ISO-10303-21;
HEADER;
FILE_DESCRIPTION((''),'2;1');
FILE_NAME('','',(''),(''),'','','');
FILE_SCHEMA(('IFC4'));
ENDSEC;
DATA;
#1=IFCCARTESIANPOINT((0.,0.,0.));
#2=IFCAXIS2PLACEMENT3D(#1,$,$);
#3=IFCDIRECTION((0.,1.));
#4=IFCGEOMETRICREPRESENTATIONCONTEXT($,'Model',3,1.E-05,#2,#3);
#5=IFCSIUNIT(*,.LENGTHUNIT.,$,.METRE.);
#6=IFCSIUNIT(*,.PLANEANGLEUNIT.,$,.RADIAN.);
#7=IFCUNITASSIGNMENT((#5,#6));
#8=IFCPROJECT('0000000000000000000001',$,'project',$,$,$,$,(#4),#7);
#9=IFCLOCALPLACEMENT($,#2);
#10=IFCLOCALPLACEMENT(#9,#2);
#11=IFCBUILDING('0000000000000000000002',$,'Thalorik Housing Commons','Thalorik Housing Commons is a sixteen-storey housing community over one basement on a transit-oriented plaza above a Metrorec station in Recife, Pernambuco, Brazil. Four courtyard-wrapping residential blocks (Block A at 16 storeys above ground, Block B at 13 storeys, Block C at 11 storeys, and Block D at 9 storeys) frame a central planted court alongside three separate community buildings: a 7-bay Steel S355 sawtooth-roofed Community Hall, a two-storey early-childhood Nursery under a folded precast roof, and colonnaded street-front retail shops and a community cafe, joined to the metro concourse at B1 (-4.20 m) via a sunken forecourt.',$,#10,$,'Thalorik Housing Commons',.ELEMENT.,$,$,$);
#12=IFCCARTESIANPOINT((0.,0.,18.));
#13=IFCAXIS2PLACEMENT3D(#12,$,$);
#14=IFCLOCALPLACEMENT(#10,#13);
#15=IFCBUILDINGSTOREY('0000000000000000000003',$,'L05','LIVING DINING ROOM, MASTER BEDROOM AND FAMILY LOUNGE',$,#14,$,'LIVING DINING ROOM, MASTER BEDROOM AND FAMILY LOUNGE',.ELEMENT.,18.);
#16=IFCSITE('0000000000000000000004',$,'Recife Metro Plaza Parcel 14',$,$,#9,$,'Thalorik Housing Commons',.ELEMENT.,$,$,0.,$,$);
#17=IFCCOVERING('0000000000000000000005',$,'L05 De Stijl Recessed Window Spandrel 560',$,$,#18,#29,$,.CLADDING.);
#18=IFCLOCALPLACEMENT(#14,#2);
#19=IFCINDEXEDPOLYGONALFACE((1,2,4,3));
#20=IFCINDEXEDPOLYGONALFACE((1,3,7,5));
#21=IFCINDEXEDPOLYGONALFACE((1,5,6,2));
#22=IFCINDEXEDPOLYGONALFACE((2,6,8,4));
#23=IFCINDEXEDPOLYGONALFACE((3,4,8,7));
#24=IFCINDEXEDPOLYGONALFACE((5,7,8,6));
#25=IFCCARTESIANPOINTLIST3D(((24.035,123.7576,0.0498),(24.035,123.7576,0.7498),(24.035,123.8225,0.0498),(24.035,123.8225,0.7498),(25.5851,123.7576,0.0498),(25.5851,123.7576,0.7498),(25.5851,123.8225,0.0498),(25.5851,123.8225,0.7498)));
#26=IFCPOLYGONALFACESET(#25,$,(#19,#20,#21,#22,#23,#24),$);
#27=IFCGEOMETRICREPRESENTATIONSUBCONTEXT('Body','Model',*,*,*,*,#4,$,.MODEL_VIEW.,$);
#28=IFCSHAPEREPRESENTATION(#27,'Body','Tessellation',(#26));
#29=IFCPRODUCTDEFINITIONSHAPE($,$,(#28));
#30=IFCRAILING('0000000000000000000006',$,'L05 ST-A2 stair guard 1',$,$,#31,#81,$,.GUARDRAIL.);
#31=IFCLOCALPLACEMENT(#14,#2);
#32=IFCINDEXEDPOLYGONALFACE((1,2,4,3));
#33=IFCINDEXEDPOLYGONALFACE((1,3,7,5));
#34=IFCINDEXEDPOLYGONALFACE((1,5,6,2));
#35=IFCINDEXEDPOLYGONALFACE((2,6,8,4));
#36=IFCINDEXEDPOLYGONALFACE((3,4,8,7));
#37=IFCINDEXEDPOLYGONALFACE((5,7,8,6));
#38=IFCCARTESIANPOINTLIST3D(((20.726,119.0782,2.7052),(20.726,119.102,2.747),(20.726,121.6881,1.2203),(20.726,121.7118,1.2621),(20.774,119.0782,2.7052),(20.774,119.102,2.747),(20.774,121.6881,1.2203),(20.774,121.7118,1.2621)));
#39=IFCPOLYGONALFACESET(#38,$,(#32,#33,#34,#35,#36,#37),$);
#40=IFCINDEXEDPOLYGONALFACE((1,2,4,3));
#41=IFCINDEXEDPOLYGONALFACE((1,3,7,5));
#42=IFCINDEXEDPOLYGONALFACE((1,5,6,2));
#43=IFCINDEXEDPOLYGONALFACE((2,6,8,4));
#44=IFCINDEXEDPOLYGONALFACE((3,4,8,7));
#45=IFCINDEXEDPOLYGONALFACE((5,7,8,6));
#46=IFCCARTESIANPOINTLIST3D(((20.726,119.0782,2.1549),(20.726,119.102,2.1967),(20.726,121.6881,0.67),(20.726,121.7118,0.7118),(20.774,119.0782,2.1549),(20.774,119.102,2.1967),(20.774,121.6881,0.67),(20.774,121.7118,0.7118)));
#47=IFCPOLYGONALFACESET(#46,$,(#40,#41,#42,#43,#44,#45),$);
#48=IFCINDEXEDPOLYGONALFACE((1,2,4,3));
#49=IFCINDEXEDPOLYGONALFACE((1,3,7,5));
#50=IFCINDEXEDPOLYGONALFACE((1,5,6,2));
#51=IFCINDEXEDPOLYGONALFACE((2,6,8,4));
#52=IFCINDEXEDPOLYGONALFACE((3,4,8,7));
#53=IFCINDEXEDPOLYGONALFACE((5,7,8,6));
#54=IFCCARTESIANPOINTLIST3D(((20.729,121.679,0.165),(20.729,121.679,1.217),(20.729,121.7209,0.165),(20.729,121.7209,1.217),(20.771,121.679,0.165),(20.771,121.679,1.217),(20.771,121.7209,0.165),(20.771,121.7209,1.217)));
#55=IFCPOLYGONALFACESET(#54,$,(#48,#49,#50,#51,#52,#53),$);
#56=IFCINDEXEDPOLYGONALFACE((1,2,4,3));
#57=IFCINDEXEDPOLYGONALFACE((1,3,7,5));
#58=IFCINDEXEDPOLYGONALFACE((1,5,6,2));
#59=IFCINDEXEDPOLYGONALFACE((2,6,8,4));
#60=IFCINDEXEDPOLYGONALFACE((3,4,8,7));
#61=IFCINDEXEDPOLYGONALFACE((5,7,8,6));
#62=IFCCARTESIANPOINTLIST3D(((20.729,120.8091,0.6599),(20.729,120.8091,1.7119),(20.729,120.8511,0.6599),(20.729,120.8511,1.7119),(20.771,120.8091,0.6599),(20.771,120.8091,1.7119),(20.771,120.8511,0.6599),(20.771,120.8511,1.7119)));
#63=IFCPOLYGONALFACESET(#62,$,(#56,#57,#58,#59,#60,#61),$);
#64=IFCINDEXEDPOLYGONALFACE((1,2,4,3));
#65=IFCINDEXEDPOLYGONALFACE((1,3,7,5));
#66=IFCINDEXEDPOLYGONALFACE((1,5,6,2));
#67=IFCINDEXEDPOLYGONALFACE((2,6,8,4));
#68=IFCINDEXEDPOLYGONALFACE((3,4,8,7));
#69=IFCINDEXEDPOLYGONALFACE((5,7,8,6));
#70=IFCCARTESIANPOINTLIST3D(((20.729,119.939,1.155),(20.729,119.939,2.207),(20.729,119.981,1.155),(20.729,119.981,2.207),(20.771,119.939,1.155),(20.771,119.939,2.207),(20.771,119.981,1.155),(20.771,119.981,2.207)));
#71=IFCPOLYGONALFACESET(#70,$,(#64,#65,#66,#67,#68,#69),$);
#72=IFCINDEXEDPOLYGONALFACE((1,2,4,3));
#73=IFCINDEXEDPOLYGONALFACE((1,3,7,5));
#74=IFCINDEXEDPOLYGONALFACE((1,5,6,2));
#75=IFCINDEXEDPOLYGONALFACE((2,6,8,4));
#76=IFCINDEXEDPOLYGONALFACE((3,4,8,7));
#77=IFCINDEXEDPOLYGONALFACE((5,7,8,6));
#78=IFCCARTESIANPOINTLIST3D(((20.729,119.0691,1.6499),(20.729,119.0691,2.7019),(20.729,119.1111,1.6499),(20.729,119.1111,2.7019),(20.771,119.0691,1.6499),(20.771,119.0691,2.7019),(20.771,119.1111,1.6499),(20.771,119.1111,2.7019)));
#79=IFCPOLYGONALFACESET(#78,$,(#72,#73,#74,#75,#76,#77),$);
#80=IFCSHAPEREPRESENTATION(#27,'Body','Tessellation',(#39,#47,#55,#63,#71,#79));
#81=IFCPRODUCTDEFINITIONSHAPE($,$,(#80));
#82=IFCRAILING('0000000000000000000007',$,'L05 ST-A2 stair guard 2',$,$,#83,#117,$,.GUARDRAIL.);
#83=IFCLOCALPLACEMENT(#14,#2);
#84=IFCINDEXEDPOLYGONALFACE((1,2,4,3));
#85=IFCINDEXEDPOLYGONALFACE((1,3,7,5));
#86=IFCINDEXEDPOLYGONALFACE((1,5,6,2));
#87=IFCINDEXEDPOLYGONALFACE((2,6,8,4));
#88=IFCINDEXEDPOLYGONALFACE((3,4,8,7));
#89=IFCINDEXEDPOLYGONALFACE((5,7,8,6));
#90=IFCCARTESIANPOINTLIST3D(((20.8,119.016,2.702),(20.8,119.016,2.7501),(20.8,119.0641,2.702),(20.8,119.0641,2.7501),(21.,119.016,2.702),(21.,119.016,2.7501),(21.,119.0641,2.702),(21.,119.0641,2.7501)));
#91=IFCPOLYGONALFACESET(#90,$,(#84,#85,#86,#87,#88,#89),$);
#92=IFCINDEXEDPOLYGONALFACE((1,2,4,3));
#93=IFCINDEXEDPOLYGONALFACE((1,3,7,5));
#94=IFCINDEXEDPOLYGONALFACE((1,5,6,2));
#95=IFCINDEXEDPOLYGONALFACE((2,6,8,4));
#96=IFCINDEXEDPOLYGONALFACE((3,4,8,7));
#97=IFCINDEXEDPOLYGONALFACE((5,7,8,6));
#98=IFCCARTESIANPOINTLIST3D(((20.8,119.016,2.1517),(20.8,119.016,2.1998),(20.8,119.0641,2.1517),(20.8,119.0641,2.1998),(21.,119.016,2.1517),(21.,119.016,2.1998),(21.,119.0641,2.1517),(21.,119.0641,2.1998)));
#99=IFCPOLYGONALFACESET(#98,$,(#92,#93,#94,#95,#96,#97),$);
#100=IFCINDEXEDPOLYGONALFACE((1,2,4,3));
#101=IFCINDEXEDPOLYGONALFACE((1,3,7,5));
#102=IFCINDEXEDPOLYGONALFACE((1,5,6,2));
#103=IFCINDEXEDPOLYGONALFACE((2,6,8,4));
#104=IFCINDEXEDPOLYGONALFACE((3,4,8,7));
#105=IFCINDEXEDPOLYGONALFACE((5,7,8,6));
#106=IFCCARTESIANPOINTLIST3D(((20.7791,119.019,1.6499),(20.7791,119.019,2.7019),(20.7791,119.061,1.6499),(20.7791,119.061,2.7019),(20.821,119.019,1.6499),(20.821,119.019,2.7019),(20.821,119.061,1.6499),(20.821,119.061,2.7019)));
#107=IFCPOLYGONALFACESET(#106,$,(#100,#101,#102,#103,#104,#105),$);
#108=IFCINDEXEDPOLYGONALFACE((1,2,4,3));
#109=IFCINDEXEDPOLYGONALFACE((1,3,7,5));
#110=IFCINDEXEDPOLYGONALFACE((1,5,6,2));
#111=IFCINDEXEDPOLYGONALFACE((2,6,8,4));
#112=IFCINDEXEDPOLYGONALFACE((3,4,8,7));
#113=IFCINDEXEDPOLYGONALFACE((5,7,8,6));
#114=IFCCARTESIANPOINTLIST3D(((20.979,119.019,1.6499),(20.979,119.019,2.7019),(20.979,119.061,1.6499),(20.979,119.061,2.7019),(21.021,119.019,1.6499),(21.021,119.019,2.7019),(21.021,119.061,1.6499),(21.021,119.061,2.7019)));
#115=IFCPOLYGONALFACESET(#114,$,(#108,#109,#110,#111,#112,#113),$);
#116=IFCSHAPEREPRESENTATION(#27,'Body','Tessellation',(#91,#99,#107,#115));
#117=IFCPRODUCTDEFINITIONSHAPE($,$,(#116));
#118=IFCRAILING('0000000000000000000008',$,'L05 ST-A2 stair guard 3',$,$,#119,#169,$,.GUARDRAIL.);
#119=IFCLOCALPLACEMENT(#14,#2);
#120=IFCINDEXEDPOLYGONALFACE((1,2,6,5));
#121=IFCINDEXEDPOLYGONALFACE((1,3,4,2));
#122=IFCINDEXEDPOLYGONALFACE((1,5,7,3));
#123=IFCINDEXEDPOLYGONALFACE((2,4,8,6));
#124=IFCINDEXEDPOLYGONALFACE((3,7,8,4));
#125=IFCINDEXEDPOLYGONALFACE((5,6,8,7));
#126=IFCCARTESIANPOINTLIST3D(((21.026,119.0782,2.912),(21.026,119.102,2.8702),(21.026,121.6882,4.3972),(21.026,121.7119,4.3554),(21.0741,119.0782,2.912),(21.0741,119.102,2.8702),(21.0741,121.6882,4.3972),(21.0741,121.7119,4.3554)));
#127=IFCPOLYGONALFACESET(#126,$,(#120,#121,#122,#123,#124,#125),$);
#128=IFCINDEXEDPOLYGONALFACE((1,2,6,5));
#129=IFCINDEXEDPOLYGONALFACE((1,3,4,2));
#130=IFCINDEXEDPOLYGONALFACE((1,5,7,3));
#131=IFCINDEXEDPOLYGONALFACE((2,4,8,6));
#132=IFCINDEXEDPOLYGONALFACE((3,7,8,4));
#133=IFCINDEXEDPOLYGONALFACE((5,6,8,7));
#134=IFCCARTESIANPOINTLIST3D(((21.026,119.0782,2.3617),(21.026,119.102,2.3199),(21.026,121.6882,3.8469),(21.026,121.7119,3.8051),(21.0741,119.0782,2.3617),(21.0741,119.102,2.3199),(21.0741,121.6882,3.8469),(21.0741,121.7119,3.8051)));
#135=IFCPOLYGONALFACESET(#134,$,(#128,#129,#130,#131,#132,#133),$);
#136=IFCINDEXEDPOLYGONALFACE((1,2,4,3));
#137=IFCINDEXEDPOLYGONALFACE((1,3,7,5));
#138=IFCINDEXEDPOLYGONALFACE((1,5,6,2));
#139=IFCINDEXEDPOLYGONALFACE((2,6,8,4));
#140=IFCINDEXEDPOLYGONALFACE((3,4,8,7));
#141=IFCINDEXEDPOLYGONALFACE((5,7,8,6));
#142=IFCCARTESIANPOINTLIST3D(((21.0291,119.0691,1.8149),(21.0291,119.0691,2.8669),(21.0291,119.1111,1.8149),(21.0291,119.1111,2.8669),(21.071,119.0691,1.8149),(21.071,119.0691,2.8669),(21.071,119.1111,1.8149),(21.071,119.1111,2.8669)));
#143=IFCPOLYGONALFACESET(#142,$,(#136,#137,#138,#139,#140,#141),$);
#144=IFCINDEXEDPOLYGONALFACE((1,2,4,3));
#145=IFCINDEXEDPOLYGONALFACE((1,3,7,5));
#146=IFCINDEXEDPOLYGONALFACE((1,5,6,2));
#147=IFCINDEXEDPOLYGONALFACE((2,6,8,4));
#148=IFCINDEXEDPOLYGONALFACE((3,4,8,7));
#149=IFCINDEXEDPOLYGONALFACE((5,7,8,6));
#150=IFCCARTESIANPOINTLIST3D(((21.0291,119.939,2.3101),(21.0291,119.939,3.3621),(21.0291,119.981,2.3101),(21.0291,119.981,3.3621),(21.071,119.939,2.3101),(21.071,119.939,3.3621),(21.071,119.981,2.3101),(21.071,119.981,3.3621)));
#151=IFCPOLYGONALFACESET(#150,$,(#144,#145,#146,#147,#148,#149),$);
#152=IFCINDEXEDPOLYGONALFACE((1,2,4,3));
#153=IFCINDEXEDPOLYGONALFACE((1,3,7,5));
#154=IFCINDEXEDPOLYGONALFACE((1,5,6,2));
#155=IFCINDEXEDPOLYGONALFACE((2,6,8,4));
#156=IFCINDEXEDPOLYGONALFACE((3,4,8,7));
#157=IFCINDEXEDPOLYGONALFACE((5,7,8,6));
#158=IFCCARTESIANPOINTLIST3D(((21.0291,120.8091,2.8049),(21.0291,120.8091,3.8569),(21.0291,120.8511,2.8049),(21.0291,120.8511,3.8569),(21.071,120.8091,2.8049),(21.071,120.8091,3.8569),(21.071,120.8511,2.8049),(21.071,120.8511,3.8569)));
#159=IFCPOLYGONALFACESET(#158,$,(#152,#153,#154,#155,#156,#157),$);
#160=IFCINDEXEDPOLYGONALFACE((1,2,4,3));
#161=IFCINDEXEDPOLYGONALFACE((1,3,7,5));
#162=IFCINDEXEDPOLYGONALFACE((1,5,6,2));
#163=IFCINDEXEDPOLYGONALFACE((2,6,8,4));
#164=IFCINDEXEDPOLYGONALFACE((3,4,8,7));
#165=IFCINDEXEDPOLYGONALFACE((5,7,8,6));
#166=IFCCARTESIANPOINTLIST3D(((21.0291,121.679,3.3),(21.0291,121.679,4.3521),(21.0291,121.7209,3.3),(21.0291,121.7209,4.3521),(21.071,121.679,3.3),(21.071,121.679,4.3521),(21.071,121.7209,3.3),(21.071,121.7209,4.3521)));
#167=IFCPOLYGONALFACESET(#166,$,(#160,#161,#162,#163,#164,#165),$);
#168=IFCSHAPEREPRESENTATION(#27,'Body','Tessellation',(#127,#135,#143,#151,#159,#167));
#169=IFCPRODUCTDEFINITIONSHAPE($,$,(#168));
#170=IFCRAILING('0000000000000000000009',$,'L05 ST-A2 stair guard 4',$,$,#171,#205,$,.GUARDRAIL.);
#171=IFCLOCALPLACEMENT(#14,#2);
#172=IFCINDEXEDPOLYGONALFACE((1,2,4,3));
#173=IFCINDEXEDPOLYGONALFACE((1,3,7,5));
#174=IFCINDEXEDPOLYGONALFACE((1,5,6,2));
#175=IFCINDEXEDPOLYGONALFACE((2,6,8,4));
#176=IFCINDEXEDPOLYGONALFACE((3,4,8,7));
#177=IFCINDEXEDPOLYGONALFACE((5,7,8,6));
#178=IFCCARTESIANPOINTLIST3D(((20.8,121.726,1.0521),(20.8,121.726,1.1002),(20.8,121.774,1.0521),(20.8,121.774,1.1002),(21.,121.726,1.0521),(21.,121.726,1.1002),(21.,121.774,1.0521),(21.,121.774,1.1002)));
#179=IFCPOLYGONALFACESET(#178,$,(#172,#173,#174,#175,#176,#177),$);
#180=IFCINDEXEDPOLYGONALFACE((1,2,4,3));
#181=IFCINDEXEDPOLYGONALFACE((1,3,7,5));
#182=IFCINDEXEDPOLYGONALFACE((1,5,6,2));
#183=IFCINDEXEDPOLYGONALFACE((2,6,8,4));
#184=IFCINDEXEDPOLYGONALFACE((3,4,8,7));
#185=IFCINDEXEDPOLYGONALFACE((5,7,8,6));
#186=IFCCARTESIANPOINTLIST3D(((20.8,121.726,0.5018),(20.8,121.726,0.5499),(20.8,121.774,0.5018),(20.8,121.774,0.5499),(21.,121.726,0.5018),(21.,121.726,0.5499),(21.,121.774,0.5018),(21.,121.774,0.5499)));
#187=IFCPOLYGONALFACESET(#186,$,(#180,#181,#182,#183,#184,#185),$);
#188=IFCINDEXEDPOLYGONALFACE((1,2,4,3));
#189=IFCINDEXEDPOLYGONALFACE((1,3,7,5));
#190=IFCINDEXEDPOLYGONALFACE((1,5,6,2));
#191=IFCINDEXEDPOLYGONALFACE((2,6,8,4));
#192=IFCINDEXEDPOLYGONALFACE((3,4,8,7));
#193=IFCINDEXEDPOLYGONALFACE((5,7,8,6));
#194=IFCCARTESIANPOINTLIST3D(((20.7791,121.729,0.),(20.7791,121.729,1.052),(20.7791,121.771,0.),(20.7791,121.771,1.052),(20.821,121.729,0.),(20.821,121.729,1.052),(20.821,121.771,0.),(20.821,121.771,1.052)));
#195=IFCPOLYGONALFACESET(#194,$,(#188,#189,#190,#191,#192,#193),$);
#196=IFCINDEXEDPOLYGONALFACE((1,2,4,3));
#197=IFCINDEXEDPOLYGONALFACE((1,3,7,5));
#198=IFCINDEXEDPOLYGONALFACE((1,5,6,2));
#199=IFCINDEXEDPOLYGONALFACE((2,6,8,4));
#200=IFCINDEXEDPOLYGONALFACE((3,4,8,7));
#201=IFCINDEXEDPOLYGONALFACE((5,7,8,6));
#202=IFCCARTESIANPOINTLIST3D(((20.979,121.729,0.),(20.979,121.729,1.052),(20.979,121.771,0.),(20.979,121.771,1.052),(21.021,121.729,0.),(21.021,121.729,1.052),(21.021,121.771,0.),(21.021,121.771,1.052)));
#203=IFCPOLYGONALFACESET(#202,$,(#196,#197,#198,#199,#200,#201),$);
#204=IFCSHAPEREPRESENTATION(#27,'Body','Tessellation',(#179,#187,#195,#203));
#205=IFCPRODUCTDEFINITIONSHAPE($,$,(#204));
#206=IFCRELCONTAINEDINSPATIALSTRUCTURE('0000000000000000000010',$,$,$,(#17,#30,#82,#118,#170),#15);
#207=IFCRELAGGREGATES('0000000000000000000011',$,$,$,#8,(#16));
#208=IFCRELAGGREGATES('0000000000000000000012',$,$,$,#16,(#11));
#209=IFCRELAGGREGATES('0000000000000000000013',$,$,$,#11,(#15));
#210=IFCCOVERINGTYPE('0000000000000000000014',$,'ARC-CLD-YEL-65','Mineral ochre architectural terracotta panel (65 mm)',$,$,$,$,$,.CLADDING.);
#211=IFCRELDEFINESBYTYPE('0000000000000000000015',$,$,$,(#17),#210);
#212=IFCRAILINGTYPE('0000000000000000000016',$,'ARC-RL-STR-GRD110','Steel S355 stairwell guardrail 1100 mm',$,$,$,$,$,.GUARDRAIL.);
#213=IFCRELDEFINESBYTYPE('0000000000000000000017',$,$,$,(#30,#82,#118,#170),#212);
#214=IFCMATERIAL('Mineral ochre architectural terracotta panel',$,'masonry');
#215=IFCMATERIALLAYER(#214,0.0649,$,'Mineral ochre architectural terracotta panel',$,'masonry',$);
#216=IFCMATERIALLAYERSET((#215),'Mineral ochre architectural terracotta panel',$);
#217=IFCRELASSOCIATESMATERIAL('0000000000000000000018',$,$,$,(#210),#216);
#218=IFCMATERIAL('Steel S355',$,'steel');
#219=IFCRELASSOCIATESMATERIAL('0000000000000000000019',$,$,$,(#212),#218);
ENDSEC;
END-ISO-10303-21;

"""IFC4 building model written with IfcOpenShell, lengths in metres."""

from ifc_helpers import new_model, si_unit, direction, frame, origin, origin_2d, place, context, subcontext, project, spatial, rectangle, extrude, material, layer, layer_set, type_object, element, save


model = new_model("IFC4")

# Units and contexts
model_context = context("Model", 3, precision=1e-05, world=origin(), true_north=direction((0.0, 1.0)))
body_context = subcontext(model_context, "Body", "Model", "MODEL_VIEW")
ifc_project = project(units=[si_unit("LENGTHUNIT", "METRE"), si_unit("PLANEANGLEUNIT", "RADIAN")], contexts=[model_context])

# Site, building, storey
site_placement = place(None, origin())
site = spatial("IfcSite", under=ifc_project, at=site_placement, Name="Recife Metro Plaza Parcel 14", LongName="Thalorik Housing Commons", CompositionType="ELEMENT", RefElevation=0.0)
building_placement = place(site_placement, origin())
building = spatial("IfcBuilding", under=site, at=building_placement, Name="Thalorik Housing Commons", Description="Thalorik Housing Commons is a sixteen-storey housing community over one basement on a transit-oriented plaza above a Metrorec station in Recife, Pernambuco, Brazil. Four courtyard-wrapping residential blocks (Block A at 16 storeys above ground, Block B at 13 storeys, Block C at 11 storeys, and Block D at 9 storeys) frame a central planted court alongside three separate community buildings: a 7-bay Steel S355 sawtooth-roofed Community Hall, a two-storey early-childhood Nursery under a folded precast roof, and colonnaded street-front retail shops and a community cafe, joined to the metro concourse at B1 (-4.20 m) via a sunken forecourt.", LongName="Thalorik Housing Commons", CompositionType="ELEMENT")
storey_placement = place(building_placement, frame((0.0, 0.0, 18.0)))
storey = spatial("IfcBuildingStorey", under=building, at=storey_placement, Name="L05", Description="LIVING DINING ROOM, MASTER BEDROOM AND FAMILY LOUNGE", LongName="LIVING DINING ROOM, MASTER BEDROOM AND FAMILY LOUNGE", CompositionType="ELEMENT", Elevation=18.0)

# Shared definitions
ifc_material_1 = material(Name="Steel S355", Category="steel")

# Covering
ifc_material_2 = material(Name="Mineral ochre architectural terracotta panel", Category="masonry")
ifc_layer_1 = layer(ifc_material_2, 0.0649, Name="Mineral ochre architectural terracotta panel", Category="masonry")
ifc_layer_set_1 = layer_set([ifc_layer_1], Name="Mineral ochre architectural terracotta panel")
covering_type_1 = type_object("IfcCoveringType", Name="ARC-CLD-YEL-65", Description="Mineral ochre architectural terracotta panel (65 mm)", PredefinedType="CLADDING", material=ifc_layer_set_1)
covering_1_placement = place(storey_placement, frame((24.8101, 123.79, 0.0498), z_axis=(0.0, 0.0, 1.0), x_axis=(-1.0, 0.0, 0.0)))
element("IfcCovering", 1, at=covering_1_placement, inside=storey, type_object=covering_type_1, Name="L05 De Stijl Recessed Window Spandrel 560", PredefinedType="CLADDING", context=body_context, shape_type="SweptSolid", body=[
    extrude(rectangle(XDim=1.55, YDim=0.0649, at=origin_2d()), origin(), (0.0, 0.0, 1.0), 0.7),
])

# Railings
railing_type_1 = type_object("IfcRailingType", Name="ARC-RL-STR-GRD110", Description="Steel S355 stairwell guardrail 1100 mm", PredefinedType="GUARDRAIL", material=ifc_material_1)
railing_1_placement = place(storey_placement, frame((20.75, 121.7, 0.165)))
element("IfcRailing", 2, at=railing_1_placement, inside=storey, type_object=railing_type_1, Name="L05 ST-A2 stair guard 1", PredefinedType="GUARDRAIL", context=body_context, shape_type="SweptSolid", body=[
    extrude(rectangle(XDim=0.0481, YDim=0.0481, at=origin_2d()), frame((0.0, 0.0, 1.0762), z_axis=(0.0, -0.869172, 0.494509), x_axis=(1.0, 0.0, 0.0)), (0.0, 0.0, 1.0), 3.0027),
    extrude(rectangle(XDim=0.0481, YDim=0.0481, at=origin_2d()), frame((0.0, 0.0, 0.5259), z_axis=(0.0, -0.869172, 0.494509), x_axis=(1.0, 0.0, 0.0)), (0.0, 0.0, 1.0), 3.0027),
    extrude(rectangle(XDim=0.042, YDim=0.042, at=origin_2d()), origin(), (0.0, 0.0, 1.0), 1.052),
    extrude(rectangle(XDim=0.042, YDim=0.042, at=origin_2d()), frame((0.0, -0.8699, 0.4949)), (0.0, 0.0, 1.0), 1.052),
    extrude(rectangle(XDim=0.042, YDim=0.042, at=origin_2d()), frame((0.0, -1.74, 0.99)), (0.0, 0.0, 1.0), 1.052),
    extrude(rectangle(XDim=0.042, YDim=0.042, at=origin_2d()), frame((0.0, -2.6099, 1.4849)), (0.0, 0.0, 1.0), 1.052),
])
railing_2_placement = place(storey_placement, frame((20.8, 119.04, 1.6499)))
element("IfcRailing", 3, at=railing_2_placement, inside=storey, type_object=railing_type_1, Name="L05 ST-A2 stair guard 2", PredefinedType="GUARDRAIL", context=body_context, shape_type="SweptSolid", body=[
    extrude(rectangle(XDim=0.0481, YDim=0.0481, at=origin_2d()), frame((0.0, 0.0, 1.0762), z_axis=(1.0, 0.0, 0.0), x_axis=(0.0, 1.0, 0.0)), (0.0, 0.0, 1.0), 0.2),
    extrude(rectangle(XDim=0.0481, YDim=0.0481, at=origin_2d()), frame((0.0, 0.0, 0.5259), z_axis=(1.0, 0.0, 0.0), x_axis=(0.0, 1.0, 0.0)), (0.0, 0.0, 1.0), 0.2),
    extrude(rectangle(XDim=0.042, YDim=0.042, at=origin_2d()), origin(), (0.0, 0.0, 1.0), 1.052),
    extrude(rectangle(XDim=0.042, YDim=0.042, at=origin_2d()), frame((0.2, 0.0, 0.0)), (0.0, 0.0, 1.0), 1.052),
])
railing_3_placement = place(storey_placement, frame((21.05, 119.0901, 1.8149)))
element("IfcRailing", 4, at=railing_3_placement, inside=storey, type_object=railing_type_1, Name="L05 ST-A2 stair guard 3", PredefinedType="GUARDRAIL", context=body_context, shape_type="SweptSolid", body=[
    extrude(rectangle(XDim=0.0481, YDim=0.0481, at=origin_2d()), frame((0.0, 0.0, 1.0762), z_axis=(0.0, 0.869137, 0.494571), x_axis=(-1.0, 0.0, 0.0)), (0.0, 0.0, 1.0), 3.0029),
    extrude(rectangle(XDim=0.0481, YDim=0.0481, at=origin_2d()), frame((0.0, 0.0, 0.5259), z_axis=(0.0, 0.869137, 0.494571), x_axis=(-1.0, 0.0, 0.0)), (0.0, 0.0, 1.0), 3.0029),
    extrude(rectangle(XDim=0.042, YDim=0.042, at=origin_2d()), origin(), (0.0, 0.0, 1.0), 1.052),
    extrude(rectangle(XDim=0.042, YDim=0.042, at=origin_2d()), frame((0.0, 0.8699, 0.4951)), (0.0, 0.0, 1.0), 1.052),
    extrude(rectangle(XDim=0.042, YDim=0.042, at=origin_2d()), frame((0.0, 1.74, 0.99)), (0.0, 0.0, 1.0), 1.052),
    extrude(rectangle(XDim=0.042, YDim=0.042, at=origin_2d()), frame((0.0, 2.6099, 1.4851)), (0.0, 0.0, 1.0), 1.052),
])
railing_4_placement = place(storey_placement, frame((20.8, 121.75, 0.0)))
element("IfcRailing", 5, at=railing_4_placement, inside=storey, type_object=railing_type_1, Name="L05 ST-A2 stair guard 4", PredefinedType="GUARDRAIL", context=body_context, shape_type="SweptSolid", body=[
    extrude(rectangle(XDim=0.0481, YDim=0.0481, at=origin_2d()), frame((0.0, 0.0, 1.0762), z_axis=(1.0, 0.0, 0.0), x_axis=(0.0, 1.0, 0.0)), (0.0, 0.0, 1.0), 0.2),
    extrude(rectangle(XDim=0.0481, YDim=0.0481, at=origin_2d()), frame((0.0, 0.0, 0.5259), z_axis=(1.0, 0.0, 0.0), x_axis=(0.0, 1.0, 0.0)), (0.0, 0.0, 1.0), 0.2),
    extrude(rectangle(XDim=0.042, YDim=0.042, at=origin_2d()), origin(), (0.0, 0.0, 1.0), 1.052),
    extrude(rectangle(XDim=0.042, YDim=0.042, at=origin_2d()), frame((0.2, 0.0, 0.0)), (0.0, 0.0, 1.0), 1.052),
])

save(model, "model.ifc")
